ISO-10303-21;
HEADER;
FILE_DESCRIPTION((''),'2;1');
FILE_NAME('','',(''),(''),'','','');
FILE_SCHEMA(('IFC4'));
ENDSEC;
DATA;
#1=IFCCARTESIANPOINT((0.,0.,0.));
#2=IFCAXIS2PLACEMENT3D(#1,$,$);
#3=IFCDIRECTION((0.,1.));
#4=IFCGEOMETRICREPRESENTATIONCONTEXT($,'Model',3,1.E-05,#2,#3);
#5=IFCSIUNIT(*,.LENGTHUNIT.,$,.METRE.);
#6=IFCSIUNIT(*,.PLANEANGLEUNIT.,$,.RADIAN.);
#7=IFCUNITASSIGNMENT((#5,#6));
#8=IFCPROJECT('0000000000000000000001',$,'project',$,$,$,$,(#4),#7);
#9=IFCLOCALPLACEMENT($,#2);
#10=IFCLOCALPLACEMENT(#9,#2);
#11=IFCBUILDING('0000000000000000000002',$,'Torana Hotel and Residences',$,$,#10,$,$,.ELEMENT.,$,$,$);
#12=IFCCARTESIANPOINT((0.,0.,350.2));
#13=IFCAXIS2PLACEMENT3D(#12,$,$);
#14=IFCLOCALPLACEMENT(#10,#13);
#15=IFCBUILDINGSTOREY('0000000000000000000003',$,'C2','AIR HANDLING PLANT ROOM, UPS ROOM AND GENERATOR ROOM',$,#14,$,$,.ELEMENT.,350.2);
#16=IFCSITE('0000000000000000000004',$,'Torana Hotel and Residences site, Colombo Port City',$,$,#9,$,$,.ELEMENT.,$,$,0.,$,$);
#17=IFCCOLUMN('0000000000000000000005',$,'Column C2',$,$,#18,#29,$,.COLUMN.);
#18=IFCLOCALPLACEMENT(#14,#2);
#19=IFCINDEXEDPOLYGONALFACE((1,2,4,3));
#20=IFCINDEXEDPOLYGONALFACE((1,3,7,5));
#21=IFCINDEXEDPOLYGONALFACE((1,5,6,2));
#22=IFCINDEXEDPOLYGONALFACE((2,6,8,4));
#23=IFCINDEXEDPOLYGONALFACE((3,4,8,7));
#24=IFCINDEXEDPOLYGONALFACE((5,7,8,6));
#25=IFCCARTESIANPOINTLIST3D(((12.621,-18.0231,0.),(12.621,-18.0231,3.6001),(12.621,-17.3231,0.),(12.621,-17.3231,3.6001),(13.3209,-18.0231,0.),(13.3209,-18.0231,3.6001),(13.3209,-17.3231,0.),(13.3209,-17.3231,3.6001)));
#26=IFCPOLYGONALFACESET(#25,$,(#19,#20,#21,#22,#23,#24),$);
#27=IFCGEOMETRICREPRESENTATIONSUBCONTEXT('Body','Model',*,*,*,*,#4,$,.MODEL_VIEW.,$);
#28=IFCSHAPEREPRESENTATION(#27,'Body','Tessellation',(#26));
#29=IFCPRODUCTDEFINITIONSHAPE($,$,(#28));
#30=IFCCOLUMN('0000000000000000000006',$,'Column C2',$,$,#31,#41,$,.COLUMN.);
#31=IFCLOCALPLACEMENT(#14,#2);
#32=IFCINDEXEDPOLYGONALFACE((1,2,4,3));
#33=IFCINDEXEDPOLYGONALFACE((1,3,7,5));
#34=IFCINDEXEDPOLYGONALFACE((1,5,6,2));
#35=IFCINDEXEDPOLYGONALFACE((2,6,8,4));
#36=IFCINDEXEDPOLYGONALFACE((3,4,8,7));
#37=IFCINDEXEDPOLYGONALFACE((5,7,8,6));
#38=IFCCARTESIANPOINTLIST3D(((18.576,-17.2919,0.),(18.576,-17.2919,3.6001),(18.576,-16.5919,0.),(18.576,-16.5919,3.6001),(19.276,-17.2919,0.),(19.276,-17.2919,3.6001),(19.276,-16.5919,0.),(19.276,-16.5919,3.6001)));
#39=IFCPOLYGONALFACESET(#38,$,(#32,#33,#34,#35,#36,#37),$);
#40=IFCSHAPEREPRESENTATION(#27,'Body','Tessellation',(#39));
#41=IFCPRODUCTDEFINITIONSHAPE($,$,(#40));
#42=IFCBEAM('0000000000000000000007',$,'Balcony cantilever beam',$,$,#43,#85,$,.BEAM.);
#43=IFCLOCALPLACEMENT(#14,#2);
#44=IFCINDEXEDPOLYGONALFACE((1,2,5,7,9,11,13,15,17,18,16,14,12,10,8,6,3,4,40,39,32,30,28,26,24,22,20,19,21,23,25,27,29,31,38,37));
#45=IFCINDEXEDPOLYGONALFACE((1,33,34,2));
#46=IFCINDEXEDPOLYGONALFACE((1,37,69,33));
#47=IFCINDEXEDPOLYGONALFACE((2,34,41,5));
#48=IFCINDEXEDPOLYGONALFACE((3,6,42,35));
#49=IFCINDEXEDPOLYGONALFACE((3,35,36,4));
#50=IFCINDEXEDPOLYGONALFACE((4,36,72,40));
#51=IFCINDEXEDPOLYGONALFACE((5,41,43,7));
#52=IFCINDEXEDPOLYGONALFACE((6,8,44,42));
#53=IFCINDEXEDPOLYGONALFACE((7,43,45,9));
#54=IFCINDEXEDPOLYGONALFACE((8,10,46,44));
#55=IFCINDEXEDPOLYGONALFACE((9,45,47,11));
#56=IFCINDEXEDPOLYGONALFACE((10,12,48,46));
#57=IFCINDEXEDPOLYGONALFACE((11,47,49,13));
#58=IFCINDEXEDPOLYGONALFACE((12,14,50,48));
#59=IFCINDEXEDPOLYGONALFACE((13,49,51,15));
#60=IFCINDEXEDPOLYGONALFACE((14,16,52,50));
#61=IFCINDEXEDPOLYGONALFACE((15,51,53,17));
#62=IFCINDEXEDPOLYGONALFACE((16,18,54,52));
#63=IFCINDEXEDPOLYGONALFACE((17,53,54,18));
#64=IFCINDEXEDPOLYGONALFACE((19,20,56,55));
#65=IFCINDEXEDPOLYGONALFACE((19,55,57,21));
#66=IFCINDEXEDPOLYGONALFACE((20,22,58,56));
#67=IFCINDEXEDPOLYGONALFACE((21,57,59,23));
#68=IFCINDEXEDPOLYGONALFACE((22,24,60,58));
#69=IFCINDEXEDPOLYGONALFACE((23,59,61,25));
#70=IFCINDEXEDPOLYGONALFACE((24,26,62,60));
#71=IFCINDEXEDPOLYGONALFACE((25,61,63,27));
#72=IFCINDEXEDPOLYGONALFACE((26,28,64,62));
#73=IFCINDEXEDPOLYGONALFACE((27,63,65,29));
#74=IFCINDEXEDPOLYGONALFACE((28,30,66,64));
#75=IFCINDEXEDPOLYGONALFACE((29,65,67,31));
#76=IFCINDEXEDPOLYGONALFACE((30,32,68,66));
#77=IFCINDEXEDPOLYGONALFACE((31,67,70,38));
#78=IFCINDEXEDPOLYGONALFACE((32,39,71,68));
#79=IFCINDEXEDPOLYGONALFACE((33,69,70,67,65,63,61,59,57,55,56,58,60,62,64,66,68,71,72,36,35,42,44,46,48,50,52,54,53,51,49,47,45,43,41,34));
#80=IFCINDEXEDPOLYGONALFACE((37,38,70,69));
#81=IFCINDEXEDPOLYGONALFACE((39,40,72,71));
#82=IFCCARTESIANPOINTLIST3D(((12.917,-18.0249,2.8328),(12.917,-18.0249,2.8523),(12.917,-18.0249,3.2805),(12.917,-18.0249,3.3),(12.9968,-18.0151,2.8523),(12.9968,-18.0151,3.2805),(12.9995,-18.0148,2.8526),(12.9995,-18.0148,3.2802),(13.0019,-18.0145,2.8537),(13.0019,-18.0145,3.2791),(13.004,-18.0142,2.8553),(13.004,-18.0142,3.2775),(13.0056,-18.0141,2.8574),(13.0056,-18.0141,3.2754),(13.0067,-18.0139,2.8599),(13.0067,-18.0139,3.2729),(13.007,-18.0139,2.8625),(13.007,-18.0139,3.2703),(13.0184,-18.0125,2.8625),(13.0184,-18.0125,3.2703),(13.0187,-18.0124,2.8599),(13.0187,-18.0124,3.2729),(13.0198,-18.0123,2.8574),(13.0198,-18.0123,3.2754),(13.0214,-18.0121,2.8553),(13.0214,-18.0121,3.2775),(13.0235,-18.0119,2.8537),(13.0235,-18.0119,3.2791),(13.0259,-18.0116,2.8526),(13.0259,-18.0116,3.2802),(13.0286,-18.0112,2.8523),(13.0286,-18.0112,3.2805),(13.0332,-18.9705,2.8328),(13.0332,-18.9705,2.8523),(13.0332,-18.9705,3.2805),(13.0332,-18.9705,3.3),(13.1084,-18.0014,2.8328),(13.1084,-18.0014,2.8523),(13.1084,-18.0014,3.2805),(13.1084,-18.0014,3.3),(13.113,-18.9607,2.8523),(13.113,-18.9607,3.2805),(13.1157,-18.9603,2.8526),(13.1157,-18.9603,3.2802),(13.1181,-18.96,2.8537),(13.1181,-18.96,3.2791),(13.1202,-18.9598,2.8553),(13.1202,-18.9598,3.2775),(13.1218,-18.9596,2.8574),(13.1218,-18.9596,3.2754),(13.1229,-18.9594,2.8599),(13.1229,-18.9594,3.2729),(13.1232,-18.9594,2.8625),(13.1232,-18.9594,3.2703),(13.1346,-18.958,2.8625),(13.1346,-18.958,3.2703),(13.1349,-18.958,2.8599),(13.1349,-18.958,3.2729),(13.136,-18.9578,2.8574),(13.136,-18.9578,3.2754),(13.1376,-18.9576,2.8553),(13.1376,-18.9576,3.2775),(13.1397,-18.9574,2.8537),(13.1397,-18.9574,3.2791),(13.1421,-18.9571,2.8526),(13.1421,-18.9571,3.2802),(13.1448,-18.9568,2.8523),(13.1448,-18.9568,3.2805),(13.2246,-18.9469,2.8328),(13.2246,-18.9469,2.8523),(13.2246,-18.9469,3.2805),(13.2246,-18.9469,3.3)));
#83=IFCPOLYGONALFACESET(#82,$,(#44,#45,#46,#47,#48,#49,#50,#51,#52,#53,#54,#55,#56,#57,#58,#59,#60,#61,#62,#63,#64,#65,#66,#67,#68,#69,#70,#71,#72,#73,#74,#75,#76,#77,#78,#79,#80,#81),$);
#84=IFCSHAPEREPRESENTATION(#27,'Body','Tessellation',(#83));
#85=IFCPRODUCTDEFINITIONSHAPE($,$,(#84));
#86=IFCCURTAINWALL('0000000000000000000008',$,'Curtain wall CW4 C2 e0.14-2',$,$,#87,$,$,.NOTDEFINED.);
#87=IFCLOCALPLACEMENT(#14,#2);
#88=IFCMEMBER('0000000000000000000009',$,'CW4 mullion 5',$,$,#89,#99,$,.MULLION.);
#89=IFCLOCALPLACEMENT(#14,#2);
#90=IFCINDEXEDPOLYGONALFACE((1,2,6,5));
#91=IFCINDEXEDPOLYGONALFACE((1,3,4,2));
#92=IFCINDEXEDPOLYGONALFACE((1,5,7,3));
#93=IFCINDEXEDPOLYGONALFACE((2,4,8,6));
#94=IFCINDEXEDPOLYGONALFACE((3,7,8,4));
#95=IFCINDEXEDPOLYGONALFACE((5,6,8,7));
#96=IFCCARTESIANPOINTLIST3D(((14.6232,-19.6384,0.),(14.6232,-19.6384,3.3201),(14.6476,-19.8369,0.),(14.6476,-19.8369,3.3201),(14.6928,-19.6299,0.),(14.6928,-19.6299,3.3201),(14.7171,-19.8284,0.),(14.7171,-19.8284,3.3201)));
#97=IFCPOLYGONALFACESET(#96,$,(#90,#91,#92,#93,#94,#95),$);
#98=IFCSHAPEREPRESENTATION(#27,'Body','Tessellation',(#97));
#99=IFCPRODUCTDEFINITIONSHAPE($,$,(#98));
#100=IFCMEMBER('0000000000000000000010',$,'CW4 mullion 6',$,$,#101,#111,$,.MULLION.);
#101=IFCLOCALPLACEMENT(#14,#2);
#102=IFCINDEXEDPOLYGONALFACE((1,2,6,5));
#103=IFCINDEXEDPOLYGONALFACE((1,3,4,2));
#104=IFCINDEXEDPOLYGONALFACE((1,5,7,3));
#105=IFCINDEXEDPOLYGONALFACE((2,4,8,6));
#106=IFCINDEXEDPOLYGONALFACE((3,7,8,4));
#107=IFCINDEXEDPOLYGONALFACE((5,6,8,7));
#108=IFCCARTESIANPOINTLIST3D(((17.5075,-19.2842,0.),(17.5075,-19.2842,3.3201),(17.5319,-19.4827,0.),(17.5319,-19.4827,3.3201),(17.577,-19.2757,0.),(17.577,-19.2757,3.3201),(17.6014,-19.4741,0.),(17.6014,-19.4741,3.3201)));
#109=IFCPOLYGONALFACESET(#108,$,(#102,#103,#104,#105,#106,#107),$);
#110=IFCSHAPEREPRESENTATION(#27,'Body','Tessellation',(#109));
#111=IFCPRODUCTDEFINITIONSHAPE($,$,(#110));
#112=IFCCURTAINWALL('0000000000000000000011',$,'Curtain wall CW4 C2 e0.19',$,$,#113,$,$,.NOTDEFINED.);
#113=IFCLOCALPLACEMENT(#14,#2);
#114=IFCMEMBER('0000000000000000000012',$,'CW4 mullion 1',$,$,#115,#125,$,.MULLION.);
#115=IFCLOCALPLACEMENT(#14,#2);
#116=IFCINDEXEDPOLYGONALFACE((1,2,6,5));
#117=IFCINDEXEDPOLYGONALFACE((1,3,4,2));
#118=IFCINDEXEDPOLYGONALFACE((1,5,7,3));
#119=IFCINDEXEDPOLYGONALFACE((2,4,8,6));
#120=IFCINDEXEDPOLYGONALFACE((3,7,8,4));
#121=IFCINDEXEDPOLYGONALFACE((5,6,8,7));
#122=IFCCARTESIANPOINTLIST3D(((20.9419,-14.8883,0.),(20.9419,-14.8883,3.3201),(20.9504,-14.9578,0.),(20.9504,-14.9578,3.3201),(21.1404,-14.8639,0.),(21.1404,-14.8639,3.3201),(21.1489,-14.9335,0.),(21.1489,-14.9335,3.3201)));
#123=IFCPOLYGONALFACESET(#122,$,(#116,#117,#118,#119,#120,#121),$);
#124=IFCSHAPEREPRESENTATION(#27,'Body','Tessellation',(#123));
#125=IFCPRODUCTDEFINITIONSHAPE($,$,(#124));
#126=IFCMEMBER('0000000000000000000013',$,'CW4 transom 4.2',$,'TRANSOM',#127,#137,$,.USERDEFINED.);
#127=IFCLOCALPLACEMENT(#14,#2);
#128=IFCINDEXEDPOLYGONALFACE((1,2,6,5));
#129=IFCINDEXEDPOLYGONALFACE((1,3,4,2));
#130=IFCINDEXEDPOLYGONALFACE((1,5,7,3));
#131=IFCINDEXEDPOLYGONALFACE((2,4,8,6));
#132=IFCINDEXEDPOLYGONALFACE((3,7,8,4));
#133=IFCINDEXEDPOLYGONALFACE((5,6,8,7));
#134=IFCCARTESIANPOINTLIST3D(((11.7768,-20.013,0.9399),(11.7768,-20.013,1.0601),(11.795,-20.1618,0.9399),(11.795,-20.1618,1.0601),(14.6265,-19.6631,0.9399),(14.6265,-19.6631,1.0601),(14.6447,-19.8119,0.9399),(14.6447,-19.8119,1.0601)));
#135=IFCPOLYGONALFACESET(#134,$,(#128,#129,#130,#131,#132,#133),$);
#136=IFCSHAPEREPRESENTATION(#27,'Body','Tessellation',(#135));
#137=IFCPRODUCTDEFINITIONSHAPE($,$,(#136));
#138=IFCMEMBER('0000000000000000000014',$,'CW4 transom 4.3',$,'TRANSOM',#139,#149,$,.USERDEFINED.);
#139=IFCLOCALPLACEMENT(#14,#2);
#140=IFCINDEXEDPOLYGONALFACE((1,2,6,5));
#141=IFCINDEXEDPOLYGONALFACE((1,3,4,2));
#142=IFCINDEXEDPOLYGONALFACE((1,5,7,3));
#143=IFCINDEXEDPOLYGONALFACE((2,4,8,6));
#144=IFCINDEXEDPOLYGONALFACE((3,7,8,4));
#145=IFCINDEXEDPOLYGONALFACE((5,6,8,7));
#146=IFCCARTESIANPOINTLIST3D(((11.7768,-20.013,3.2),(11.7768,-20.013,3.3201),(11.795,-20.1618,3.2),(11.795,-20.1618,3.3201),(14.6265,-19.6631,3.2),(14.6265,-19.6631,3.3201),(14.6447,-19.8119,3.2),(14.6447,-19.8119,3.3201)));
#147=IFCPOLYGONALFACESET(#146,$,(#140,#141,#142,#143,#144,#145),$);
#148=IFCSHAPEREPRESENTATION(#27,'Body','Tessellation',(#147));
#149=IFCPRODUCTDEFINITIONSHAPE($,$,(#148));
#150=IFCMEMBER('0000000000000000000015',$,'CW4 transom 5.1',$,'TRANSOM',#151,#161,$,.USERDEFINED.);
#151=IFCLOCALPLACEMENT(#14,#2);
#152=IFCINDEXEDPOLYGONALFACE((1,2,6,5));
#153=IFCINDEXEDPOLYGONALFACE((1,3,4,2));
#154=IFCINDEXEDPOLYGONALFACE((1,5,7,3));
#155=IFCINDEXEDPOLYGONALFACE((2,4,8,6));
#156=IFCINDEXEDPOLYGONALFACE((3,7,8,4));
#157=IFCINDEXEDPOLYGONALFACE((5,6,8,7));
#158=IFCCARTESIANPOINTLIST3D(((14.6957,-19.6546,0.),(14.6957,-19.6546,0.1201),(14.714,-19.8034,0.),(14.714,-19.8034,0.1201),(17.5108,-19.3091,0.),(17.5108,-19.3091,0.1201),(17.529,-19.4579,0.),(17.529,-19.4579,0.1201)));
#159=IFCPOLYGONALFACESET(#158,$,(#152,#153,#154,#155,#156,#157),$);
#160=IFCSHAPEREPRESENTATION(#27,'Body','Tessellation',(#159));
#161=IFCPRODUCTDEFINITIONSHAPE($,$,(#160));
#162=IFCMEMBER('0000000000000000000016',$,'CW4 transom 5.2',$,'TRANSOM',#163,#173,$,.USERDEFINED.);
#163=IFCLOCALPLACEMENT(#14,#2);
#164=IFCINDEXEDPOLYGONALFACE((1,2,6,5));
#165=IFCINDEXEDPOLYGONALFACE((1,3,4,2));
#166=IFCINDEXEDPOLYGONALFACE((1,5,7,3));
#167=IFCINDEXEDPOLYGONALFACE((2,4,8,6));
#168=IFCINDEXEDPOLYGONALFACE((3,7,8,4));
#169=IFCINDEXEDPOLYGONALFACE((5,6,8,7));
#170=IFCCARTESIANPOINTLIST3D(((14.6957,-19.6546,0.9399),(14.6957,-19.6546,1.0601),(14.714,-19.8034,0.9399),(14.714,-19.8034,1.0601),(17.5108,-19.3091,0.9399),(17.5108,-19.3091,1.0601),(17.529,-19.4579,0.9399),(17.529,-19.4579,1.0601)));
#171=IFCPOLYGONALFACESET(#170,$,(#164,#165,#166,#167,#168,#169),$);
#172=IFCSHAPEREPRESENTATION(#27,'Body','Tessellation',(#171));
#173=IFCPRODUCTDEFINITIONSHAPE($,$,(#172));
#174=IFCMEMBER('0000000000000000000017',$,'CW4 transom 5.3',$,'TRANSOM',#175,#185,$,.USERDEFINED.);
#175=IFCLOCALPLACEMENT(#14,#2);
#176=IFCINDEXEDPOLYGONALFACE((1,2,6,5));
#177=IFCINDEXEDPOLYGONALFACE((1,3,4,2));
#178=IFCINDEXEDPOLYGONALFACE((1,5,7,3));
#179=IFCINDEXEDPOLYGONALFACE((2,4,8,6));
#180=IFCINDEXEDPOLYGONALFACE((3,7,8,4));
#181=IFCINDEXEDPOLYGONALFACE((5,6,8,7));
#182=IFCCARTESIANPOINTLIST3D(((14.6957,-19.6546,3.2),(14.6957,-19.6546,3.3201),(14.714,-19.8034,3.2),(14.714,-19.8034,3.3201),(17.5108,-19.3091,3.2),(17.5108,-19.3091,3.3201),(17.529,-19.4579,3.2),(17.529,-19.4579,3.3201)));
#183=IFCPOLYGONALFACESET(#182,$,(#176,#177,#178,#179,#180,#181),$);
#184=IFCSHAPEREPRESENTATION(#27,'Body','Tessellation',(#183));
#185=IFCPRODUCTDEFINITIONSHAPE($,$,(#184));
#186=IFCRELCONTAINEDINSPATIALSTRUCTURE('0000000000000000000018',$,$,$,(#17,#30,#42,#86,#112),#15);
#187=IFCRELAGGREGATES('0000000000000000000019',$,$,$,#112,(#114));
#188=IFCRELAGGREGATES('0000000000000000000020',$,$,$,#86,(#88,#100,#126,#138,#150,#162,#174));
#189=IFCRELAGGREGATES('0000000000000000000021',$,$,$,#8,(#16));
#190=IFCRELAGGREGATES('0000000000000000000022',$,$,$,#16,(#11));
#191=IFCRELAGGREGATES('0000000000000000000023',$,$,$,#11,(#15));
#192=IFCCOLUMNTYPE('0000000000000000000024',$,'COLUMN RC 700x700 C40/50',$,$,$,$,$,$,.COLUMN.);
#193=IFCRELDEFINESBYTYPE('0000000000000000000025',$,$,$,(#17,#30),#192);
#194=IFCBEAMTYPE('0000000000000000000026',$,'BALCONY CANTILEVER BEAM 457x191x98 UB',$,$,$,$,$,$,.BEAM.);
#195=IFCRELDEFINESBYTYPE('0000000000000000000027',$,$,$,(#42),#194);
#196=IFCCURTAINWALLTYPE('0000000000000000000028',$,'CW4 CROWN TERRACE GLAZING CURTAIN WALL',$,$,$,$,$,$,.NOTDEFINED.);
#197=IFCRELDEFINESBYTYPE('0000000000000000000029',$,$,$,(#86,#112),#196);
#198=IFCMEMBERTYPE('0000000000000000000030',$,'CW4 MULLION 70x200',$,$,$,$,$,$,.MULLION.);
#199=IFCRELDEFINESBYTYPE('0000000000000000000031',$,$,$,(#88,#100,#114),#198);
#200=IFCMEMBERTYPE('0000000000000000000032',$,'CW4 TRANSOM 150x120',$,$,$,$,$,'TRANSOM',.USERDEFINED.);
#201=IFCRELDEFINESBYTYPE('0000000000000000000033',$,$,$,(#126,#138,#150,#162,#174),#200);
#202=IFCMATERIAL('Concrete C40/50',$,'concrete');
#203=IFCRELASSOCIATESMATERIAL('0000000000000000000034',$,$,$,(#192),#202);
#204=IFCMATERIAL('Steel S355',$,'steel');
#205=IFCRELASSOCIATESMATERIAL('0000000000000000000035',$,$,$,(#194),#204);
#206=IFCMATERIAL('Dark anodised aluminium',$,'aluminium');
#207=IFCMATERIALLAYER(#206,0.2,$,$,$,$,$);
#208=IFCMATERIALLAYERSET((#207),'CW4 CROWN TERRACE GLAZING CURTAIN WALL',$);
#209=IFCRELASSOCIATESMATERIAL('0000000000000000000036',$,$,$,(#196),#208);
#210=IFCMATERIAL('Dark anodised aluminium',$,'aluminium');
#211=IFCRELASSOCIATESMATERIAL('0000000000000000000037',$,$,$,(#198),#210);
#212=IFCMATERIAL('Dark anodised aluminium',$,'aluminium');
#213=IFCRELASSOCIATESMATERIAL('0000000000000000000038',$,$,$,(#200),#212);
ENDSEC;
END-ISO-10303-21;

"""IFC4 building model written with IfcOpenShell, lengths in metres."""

from ifc_helpers import new_model, si_unit, direction, frame, origin, origin_2d, place, context, subcontext, project, spatial, rectangle, i_section, extrude, material, layer, layer_set, material_profile, profile_set, type_object, element, aggregate, save


model = new_model("IFC4")

# Units and contexts
model_context = context("Model", 3, precision=1e-05, world=origin(), true_north=direction((0.0, 1.0)))
body_context = subcontext(model_context, "Body", "Model", "MODEL_VIEW")
ifc_project = project(units=[si_unit("LENGTHUNIT", "METRE"), si_unit("PLANEANGLEUNIT", "RADIAN")], contexts=[model_context])

# Site, building, storey
site_placement = place(None, origin())
site = spatial("IfcSite", under=ifc_project, at=site_placement, Name="Torana Hotel and Residences site, Colombo Port City", CompositionType="ELEMENT", RefElevation=0.0)
building_placement = place(site_placement, origin())
building = spatial("IfcBuilding", under=site, at=building_placement, Name="Torana Hotel and Residences", CompositionType="ELEMENT")
storey_placement = place(building_placement, frame((0.0, 0.0, 350.2)))
storey = spatial("IfcBuildingStorey", under=building, at=storey_placement, Name="C2", Description="AIR HANDLING PLANT ROOM, UPS ROOM AND GENERATOR ROOM", CompositionType="ELEMENT", Elevation=350.2)

# Columns
ifc_material_1 = material(Name="Concrete C40/50", Category="concrete")
ifc_material_profile_1 = material_profile(ifc_material_1, rectangle(XDim=0.7, YDim=0.7, at=origin_2d()), Name="RC 700x700")
ifc_profile_set_1 = profile_set([ifc_material_profile_1], Name="Concrete C40/50")
column_type = type_object("IfcColumnType", Name="COLUMN RC 700x700 C40/50", PredefinedType="COLUMN", material=ifc_profile_set_1)
for number, where, z_axis, x_axis, name in (
    (1, (12.9709, -17.6731, 0.0), (0.0, 0.0, 1.0), (1.0, 0.0, 0.0), "Column C2"),
    (2, (18.926, -16.9419, 0.0), (0.0, 0.0, 1.0), (1.0, 0.0, 0.0), "Column C2"),
):
    element("IfcColumn", number, at=place(storey_placement, frame(where, z_axis=z_axis, x_axis=x_axis)), inside=storey, type_object=column_type, Name=name, PredefinedType="COLUMN", context=body_context, shape_type="SweptSolid", body=[
        extrude(rectangle(XDim=0.7, YDim=0.7, at=origin_2d()), origin(), (0.0, 0.0, 1.0), 3.6001),
    ])

# Beam
ifc_material_2 = material(Name="Steel S355", Category="steel")
ifc_material_profile_2 = material_profile(ifc_material_2, i_section(OverallWidth=0.1929, OverallDepth=0.4673, WebThickness=0.0115, FlangeThickness=0.0195, FilletRadius=0.0103, at=origin_2d()), Name="457x191x98 UB")
ifc_profile_set_2 = profile_set([ifc_material_profile_2], Name="Steel S355")
beam_type = type_object("IfcBeamType", Name="BALCONY CANTILEVER BEAM 457x191x98 UB", PredefinedType="BEAM", material=ifc_profile_set_2)
beam_placement = place(storey_placement, frame((13.0127, -18.0132, 3.0664), z_axis=(0.121984, -0.992532, 0.0), x_axis=(0.992532, 0.121984, 0.0)))
element("IfcBeam", 3, at=beam_placement, inside=storey, type_object=beam_type, Name="Balcony cantilever beam", PredefinedType="BEAM", context=body_context, shape_type="SweptSolid", body=[
    extrude(i_section(OverallWidth=0.1929, OverallDepth=0.4673, WebThickness=0.0115, FlangeThickness=0.0195, FilletRadius=0.0103, at=origin_2d()), origin(), (0.0, 0.0, 1.0), 0.9526),
])

# Curtain wall, members
ifc_material_3 = material(Name="Dark anodised aluminium", Category="aluminium")
ifc_layer_1 = layer(ifc_material_3, 0.2)
ifc_layer_set_1 = layer_set([ifc_layer_1], Name="CW4 CROWN TERRACE GLAZING CURTAIN WALL")
curtain_wall_type = type_object("IfcCurtainWallType", Name="CW4 CROWN TERRACE GLAZING CURTAIN WALL", PredefinedType="NOTDEFINED", material=ifc_layer_set_1)
curtain_wall_1_placement = place(storey_placement, origin())
curtain_wall_1 = element("IfcCurtainWall", 4, at=curtain_wall_1_placement, inside=storey, type_object=curtain_wall_type, Name="Curtain wall CW4 C2 e0.14-2", PredefinedType="NOTDEFINED")
ifc_material_4 = material(Name="Dark anodised aluminium", Category="aluminium")
ifc_material_profile_3 = material_profile(ifc_material_4, rectangle(XDim=0.2, YDim=0.0701, at=origin_2d()), Name="CW4 MULLION 70x200")
ifc_profile_set_3 = profile_set([ifc_material_profile_3], Name="Dark anodised aluminium")
member_type_1 = type_object("IfcMemberType", Name="CW4 MULLION 70x200", PredefinedType="MULLION", material=ifc_profile_set_3)
member_1_placement = place(storey_placement, frame((14.6702, -19.7334, 0.0), z_axis=(0.0, 0.0, 1.0), x_axis=(-0.12187, 0.992546, 0.0)))
member_1 = element("IfcMember", 5, at=member_1_placement, type_object=member_type_1, Name="CW4 mullion 5", PredefinedType="MULLION", context=body_context, shape_type="SweptSolid", body=[
    extrude(rectangle(XDim=0.2, YDim=0.0701, at=origin_2d()), origin(), (0.0, 0.0, 1.0), 3.3201),
])
member_2_placement = place(storey_placement, frame((17.5544, -19.3792, 0.0), z_axis=(0.0, 0.0, 1.0), x_axis=(-0.12187, 0.992546, 0.0)))
member_2 = element("IfcMember", 6, at=member_2_placement, type_object=member_type_1, Name="CW4 mullion 6", PredefinedType="MULLION", context=body_context, shape_type="SweptSolid", body=[
    extrude(rectangle(XDim=0.2, YDim=0.0701, at=origin_2d()), origin(), (0.0, 0.0, 1.0), 3.3201),
])

# Curtain wall, member
curtain_wall_2_placement = place(storey_placement, origin())
curtain_wall_2 = element("IfcCurtainWall", 7, at=curtain_wall_2_placement, inside=storey, type_object=curtain_wall_type, Name="Curtain wall CW4 C2 e0.19", PredefinedType="NOTDEFINED")
member_3_placement = place(storey_placement, frame((21.0454, -14.9109, 0.0), z_axis=(0.0, 0.0, 1.0), x_axis=(-0.992546, -0.121869, 0.0)))
member_3 = element("IfcMember", 8, at=member_3_placement, type_object=member_type_1, Name="CW4 mullion 1", PredefinedType="MULLION", context=body_context, shape_type="SweptSolid", body=[
    extrude(rectangle(XDim=0.2, YDim=0.0701, at=origin_2d()), origin(), (0.0, 0.0, 1.0), 3.3201),
])

# Members
ifc_material_5 = material(Name="Dark anodised aluminium", Category="aluminium")
ifc_material_profile_4 = material_profile(ifc_material_5, rectangle(XDim=0.1499, YDim=0.1201, at=origin_2d()), Name="CW4 TRANSOM 150x120")
ifc_profile_set_4 = profile_set([ifc_material_profile_4], Name="Dark anodised aluminium")
member_type_2 = type_object("IfcMemberType", Name="CW4 TRANSOM 150x120", ElementType="TRANSOM", PredefinedType="USERDEFINED", material=ifc_profile_set_4)
member_4_placement = place(storey_placement, frame((11.7859, -20.0874, 1.0), z_axis=(0.992548, 0.121857, 0.0), x_axis=(-0.121857, 0.992548, 0.0)))
member_4 = element("IfcMember", 9, at=member_4_placement, type_object=member_type_2, Name="CW4 transom 4.2", ObjectType="TRANSOM", PredefinedType="USERDEFINED", context=body_context, shape_type="SweptSolid", body=[
    extrude(rectangle(XDim=0.1499, YDim=0.1201, at=origin_2d()), origin(), (0.0, 0.0, 1.0), 2.8711),
])
member_5_placement = place(storey_placement, frame((11.7859, -20.0874, 3.26), z_axis=(0.992548, 0.121857, 0.0), x_axis=(-0.121857, 0.992548, 0.0)))
member_5 = element("IfcMember", 10, at=member_5_placement, type_object=member_type_2, Name="CW4 transom 4.3", ObjectType="TRANSOM", PredefinedType="USERDEFINED", context=body_context, shape_type="SweptSolid", body=[
    extrude(rectangle(XDim=0.1499, YDim=0.1201, at=origin_2d()), origin(), (0.0, 0.0, 1.0), 2.8711),
])
member_6_placement = place(storey_placement, frame((14.7048, -19.729, 0.0601), z_axis=(0.992554, 0.121809, 0.0), x_axis=(-0.121809, 0.992554, 0.0)))
member_6 = element("IfcMember", 11, at=member_6_placement, type_object=member_type_2, Name="CW4 transom 5.1", ObjectType="TRANSOM", PredefinedType="USERDEFINED", context=body_context, shape_type="SweptSolid", body=[
    extrude(rectangle(XDim=0.1499, YDim=0.1201, at=origin_2d()), origin(), (0.0, 0.0, 1.0), 2.8362),
])
member_7_placement = place(storey_placement, frame((14.7048, -19.729, 1.0), z_axis=(0.992554, 0.121809, 0.0), x_axis=(-0.121809, 0.992554, 0.0)))
member_7 = element("IfcMember", 12, at=member_7_placement, type_object=member_type_2, Name="CW4 transom 5.2", ObjectType="TRANSOM", PredefinedType="USERDEFINED", context=body_context, shape_type="SweptSolid", body=[
    extrude(rectangle(XDim=0.1499, YDim=0.1201, at=origin_2d()), origin(), (0.0, 0.0, 1.0), 2.8362),
])
member_8_placement = place(storey_placement, frame((14.7048, -19.729, 3.26), z_axis=(0.992554, 0.121809, 0.0), x_axis=(-0.121809, 0.992554, 0.0)))
member_8 = element("IfcMember", 13, at=member_8_placement, type_object=member_type_2, Name="CW4 transom 5.3", ObjectType="TRANSOM", PredefinedType="USERDEFINED", context=body_context, shape_type="SweptSolid", body=[
    extrude(rectangle(XDim=0.1499, YDim=0.1201, at=origin_2d()), origin(), (0.0, 0.0, 1.0), 2.8362),
])
aggregate(curtain_wall_2, [member_3])

aggregate(curtain_wall_1, [member_1, member_2, member_4, member_5, member_6, member_7, member_8])

save(model, "model.ifc")
